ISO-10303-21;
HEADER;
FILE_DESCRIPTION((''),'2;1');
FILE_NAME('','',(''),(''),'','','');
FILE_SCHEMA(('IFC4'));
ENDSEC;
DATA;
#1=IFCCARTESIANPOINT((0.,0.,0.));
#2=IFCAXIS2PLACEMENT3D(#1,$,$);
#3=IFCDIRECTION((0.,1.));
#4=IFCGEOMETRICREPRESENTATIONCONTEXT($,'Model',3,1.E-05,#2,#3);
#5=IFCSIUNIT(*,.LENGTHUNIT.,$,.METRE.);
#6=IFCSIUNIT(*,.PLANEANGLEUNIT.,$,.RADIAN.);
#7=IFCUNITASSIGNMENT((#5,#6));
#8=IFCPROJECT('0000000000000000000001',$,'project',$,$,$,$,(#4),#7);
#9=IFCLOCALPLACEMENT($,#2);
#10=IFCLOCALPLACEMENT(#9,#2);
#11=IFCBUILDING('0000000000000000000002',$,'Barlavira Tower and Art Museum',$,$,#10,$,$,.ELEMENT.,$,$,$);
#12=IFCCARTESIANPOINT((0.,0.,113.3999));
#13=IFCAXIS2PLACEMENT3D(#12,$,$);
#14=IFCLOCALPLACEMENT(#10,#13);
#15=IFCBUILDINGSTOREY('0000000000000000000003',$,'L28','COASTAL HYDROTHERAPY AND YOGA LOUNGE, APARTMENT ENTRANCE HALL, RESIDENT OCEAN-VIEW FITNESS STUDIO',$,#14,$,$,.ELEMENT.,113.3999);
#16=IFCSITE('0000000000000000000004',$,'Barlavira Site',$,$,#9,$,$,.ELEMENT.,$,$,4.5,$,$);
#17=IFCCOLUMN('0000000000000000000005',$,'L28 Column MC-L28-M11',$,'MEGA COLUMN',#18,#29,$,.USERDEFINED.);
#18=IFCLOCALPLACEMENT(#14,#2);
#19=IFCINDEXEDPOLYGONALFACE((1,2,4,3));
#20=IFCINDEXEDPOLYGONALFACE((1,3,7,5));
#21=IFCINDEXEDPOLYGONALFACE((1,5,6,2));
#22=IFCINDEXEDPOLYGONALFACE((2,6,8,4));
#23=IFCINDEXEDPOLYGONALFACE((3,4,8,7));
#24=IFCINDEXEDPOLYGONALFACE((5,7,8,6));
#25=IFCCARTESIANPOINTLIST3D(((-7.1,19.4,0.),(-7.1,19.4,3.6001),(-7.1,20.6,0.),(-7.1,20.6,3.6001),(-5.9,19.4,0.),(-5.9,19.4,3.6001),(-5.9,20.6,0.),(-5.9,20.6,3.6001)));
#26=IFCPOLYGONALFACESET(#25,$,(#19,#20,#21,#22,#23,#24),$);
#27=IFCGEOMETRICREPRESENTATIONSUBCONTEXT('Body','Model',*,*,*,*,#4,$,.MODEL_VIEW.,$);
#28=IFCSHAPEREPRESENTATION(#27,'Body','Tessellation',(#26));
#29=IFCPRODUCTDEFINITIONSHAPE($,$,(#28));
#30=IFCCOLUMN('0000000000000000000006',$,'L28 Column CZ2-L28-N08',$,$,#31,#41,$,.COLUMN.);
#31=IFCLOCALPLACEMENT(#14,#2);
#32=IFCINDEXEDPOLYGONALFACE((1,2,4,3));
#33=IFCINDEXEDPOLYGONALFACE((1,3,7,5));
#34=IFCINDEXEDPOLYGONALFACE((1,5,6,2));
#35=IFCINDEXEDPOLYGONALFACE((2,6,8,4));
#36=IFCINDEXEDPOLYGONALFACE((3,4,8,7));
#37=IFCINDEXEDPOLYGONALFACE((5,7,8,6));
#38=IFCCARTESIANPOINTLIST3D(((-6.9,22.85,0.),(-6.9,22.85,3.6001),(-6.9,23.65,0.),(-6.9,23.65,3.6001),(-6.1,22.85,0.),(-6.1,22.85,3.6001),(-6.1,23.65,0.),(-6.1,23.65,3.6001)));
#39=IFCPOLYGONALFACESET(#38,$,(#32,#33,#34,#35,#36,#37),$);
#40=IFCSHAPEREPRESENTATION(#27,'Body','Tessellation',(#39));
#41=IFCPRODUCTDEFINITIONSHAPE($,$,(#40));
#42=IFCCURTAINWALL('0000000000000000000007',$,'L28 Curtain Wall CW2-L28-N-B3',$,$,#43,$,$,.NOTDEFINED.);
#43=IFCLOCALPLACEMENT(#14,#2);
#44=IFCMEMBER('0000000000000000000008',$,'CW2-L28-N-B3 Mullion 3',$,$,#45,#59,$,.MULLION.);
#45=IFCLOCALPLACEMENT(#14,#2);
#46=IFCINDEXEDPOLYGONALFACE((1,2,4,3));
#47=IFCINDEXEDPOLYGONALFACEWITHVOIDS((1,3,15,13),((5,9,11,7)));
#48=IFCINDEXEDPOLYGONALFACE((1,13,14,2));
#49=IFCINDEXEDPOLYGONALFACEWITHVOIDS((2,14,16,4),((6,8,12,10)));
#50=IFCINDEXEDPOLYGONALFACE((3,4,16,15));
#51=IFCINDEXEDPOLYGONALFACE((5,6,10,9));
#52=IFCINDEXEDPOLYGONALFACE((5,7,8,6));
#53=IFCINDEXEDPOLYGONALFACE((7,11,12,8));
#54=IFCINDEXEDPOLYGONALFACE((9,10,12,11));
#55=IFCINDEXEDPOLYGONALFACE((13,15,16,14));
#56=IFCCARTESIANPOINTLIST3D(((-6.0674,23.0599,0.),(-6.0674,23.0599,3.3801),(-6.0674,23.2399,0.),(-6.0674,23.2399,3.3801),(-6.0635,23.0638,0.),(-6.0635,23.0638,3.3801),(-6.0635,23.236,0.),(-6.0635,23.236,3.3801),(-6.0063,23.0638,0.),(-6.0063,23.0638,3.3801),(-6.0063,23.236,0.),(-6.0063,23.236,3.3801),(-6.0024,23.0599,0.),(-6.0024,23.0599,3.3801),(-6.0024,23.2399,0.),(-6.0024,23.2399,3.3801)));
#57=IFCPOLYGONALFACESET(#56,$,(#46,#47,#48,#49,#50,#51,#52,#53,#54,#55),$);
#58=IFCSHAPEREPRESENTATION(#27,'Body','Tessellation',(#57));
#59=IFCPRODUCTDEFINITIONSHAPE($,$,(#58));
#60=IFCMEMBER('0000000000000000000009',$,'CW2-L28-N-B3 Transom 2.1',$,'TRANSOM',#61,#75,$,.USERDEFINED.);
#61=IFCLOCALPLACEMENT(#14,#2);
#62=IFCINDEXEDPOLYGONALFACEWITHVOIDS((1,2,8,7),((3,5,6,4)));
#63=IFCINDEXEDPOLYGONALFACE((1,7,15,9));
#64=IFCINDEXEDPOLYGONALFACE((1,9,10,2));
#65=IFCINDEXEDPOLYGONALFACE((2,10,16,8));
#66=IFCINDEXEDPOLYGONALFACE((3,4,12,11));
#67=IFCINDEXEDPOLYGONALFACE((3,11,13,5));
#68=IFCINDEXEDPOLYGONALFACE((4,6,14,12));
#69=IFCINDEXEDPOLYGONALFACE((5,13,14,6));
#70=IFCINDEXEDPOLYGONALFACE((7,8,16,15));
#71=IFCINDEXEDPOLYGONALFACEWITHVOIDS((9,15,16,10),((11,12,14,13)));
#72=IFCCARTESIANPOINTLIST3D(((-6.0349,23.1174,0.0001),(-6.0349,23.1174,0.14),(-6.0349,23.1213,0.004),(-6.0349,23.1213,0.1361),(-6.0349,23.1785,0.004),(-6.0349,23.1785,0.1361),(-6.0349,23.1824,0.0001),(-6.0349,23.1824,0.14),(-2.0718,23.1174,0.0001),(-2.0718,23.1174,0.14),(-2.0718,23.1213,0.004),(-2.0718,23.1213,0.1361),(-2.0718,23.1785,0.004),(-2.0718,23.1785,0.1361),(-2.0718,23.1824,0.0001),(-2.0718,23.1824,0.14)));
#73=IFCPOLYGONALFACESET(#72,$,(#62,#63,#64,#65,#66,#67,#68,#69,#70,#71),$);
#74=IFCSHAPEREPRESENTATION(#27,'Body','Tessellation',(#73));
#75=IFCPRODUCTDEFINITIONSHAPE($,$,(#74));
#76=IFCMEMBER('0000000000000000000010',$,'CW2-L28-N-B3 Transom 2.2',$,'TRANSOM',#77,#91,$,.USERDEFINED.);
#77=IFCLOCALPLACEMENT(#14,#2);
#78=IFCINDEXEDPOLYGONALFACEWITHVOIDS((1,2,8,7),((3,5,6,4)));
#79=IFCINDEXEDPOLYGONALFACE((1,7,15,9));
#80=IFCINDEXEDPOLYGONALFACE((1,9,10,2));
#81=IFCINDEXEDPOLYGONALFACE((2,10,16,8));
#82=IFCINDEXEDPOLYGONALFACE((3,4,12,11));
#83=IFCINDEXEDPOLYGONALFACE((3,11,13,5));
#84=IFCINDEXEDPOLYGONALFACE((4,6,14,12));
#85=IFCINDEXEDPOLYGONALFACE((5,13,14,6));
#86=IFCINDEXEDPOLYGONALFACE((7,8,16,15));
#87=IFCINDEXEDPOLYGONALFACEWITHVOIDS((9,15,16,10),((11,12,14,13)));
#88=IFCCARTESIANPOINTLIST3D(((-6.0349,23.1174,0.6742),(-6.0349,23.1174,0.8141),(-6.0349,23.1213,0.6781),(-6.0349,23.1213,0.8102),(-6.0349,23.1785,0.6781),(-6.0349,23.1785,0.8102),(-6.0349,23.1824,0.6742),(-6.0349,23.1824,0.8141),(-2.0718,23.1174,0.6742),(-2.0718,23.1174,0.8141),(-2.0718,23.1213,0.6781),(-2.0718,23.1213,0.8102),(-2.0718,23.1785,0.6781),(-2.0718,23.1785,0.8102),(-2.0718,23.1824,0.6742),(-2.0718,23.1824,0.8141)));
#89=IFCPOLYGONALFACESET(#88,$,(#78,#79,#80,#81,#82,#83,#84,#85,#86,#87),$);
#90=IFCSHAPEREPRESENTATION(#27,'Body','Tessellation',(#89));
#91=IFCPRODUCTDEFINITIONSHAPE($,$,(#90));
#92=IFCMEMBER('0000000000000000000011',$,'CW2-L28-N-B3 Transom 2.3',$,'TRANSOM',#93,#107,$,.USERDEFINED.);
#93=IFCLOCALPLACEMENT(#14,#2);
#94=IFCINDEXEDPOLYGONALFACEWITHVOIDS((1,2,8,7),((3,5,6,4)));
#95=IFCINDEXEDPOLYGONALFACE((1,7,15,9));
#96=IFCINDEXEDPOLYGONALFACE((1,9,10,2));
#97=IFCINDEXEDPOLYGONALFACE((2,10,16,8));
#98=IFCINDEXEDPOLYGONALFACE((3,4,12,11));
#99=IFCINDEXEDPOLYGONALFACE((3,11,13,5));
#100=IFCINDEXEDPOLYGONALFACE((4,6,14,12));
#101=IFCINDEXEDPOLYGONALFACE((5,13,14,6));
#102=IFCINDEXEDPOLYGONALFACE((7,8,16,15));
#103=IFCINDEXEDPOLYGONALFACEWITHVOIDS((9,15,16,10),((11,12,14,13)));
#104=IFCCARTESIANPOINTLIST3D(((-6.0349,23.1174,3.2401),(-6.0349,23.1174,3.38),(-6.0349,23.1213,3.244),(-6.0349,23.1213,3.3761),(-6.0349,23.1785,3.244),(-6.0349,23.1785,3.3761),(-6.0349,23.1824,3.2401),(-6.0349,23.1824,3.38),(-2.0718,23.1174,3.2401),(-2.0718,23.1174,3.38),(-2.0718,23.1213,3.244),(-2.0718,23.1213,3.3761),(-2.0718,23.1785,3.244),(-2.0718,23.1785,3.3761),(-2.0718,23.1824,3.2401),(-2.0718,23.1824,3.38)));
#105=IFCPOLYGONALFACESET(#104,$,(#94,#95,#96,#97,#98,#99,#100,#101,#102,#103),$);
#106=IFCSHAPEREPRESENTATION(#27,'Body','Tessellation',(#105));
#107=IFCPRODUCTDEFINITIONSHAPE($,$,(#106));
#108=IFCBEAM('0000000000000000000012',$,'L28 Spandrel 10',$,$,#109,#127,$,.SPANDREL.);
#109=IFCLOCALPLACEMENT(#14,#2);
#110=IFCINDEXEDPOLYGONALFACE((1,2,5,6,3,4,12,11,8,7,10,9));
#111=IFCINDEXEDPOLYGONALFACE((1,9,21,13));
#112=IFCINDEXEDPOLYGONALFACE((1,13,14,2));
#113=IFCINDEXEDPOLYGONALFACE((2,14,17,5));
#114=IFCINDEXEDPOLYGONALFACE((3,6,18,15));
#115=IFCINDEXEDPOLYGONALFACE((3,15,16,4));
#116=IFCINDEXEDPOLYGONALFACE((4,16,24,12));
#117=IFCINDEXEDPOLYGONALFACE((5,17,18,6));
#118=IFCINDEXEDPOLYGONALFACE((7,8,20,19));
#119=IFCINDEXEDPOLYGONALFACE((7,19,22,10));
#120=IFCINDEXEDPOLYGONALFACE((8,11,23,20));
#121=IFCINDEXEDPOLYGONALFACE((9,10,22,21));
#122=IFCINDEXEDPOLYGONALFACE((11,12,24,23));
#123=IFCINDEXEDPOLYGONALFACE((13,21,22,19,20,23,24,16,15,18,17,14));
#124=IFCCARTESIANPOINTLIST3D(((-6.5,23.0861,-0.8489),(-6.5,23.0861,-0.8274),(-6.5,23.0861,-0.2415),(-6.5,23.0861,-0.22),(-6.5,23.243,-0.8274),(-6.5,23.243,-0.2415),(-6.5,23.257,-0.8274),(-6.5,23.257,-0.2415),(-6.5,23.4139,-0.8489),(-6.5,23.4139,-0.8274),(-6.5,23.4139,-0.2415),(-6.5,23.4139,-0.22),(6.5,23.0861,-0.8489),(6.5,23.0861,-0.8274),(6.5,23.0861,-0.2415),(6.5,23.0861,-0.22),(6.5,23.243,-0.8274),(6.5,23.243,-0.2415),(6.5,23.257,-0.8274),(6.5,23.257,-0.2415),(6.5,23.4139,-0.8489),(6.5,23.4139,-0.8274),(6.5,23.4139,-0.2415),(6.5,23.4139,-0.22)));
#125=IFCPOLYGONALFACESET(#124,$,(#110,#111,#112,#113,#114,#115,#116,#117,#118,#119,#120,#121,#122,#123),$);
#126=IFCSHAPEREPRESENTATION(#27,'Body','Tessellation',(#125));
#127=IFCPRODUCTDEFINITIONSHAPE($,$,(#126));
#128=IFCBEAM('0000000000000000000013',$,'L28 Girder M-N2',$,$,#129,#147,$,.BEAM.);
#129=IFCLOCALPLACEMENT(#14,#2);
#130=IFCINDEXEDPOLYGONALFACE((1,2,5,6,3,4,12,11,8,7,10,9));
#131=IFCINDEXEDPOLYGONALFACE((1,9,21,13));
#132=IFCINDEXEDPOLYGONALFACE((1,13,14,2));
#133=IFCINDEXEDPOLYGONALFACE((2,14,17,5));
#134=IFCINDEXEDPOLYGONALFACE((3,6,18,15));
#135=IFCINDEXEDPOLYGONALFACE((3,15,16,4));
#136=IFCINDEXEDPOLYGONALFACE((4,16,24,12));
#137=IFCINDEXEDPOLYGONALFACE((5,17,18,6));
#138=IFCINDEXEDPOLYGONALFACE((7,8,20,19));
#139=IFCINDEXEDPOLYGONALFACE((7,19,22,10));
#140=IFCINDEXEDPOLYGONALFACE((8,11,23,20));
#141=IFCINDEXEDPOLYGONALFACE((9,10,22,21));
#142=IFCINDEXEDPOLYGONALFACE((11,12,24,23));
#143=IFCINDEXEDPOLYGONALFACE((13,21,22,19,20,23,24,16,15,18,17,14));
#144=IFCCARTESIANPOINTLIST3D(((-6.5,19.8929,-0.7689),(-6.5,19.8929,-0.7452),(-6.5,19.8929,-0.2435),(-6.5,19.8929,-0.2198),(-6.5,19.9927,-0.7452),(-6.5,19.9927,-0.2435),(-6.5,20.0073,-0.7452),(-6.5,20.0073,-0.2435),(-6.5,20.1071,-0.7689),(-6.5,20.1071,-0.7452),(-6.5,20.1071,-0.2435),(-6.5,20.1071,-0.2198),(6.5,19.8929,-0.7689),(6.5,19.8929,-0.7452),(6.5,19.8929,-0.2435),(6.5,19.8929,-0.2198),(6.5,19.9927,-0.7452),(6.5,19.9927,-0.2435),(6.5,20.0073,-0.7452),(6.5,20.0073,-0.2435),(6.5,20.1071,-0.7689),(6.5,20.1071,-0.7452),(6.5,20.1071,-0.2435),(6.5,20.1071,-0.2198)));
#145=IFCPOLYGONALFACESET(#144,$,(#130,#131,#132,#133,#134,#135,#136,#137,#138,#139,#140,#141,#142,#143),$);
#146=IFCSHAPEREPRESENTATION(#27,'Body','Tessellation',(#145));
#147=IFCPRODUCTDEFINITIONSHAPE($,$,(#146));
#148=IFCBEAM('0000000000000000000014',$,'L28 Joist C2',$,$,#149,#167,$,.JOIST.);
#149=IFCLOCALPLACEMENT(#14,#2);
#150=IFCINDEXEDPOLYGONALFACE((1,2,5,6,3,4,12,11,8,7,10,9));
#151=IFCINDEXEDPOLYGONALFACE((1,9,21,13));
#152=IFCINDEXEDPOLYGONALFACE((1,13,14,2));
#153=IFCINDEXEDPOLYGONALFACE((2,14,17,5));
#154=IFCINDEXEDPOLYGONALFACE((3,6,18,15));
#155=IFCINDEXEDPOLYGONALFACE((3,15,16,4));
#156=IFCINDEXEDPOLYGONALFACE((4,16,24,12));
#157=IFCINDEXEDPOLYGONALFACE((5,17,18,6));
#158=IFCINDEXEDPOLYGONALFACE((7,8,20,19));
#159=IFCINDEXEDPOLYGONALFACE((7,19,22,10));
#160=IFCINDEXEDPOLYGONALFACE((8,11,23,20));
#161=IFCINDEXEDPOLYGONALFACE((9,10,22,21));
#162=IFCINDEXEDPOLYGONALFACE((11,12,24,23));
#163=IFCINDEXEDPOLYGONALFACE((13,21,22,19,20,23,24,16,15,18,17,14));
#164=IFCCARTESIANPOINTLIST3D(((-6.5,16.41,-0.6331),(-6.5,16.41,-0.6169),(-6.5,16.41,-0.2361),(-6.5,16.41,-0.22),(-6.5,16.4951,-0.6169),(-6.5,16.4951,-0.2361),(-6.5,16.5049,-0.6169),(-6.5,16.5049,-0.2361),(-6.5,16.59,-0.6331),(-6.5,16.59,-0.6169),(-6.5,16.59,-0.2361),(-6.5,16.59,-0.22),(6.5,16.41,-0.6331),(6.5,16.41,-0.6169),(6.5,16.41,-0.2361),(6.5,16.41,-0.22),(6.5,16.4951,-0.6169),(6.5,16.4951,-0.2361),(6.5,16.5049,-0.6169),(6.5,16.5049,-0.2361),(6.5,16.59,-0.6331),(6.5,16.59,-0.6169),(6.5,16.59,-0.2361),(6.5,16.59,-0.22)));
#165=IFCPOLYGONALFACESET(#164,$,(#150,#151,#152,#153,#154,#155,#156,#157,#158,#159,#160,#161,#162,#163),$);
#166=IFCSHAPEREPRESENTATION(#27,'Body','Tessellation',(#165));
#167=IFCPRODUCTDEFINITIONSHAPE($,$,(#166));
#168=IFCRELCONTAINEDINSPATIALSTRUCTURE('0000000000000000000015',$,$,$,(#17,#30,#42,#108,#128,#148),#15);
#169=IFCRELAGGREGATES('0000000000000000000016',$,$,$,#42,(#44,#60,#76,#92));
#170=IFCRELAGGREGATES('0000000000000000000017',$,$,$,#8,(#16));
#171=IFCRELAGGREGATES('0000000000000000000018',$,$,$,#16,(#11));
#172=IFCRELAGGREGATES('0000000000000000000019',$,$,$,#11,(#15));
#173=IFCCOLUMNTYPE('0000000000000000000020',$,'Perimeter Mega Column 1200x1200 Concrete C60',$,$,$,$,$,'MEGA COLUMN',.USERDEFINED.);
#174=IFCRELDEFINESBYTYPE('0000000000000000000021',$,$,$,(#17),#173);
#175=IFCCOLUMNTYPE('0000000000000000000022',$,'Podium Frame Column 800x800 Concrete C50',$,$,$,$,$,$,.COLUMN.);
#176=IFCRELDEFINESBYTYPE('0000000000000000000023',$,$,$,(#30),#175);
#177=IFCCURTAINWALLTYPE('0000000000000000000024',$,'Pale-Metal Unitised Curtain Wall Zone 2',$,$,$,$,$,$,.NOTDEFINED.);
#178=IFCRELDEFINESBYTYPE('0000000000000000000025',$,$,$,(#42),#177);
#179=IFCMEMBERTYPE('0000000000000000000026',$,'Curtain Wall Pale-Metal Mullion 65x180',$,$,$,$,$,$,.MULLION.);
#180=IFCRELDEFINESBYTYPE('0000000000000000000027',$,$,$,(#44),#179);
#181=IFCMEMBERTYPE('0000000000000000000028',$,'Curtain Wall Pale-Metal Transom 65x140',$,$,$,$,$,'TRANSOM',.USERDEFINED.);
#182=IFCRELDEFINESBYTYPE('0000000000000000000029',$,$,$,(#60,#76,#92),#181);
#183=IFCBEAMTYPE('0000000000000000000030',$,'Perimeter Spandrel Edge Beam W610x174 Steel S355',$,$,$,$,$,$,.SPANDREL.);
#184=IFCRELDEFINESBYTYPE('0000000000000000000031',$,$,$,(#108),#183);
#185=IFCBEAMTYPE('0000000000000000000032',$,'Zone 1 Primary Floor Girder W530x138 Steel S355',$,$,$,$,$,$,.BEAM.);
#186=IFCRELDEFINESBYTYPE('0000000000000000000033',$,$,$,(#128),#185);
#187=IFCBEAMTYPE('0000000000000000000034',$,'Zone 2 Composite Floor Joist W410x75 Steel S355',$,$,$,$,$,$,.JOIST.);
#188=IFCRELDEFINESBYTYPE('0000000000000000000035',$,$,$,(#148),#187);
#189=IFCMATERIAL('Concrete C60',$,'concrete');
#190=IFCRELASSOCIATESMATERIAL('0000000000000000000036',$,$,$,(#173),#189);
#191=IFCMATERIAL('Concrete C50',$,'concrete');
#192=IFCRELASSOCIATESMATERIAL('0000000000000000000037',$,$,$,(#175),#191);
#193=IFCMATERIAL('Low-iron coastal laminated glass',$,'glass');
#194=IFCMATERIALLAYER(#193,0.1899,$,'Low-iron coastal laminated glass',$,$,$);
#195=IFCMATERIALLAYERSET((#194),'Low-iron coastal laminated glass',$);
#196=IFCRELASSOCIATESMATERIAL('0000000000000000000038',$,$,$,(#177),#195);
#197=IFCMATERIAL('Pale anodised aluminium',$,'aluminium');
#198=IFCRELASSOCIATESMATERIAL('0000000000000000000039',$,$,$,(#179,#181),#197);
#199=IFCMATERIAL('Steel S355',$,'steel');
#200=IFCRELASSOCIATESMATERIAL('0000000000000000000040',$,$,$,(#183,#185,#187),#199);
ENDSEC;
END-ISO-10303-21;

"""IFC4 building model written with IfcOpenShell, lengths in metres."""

from ifc_helpers import new_model, si_unit, direction, frame, origin, origin_2d, place, context, subcontext, project, spatial, rectangle, hollow_rectangle, i_section, extrude, material, layer, layer_set, material_profile, profile_set, type_object, element, aggregate, save


model = new_model("IFC4")

# Units and contexts
model_context = context("Model", 3, precision=1e-05, world=origin(), true_north=direction((0.0, 1.0)))
body_context = subcontext(model_context, "Body", "Model", "MODEL_VIEW")
ifc_project = project(units=[si_unit("LENGTHUNIT", "METRE"), si_unit("PLANEANGLEUNIT", "RADIAN")], contexts=[model_context])

# Site, building, storey
site_placement = place(None, origin())
site = spatial("IfcSite", under=ifc_project, at=site_placement, Name="Barlavira Site", CompositionType="ELEMENT", RefElevation=4.5)
building_placement = place(site_placement, origin())
building = spatial("IfcBuilding", under=site, at=building_placement, Name="Barlavira Tower and Art Museum", CompositionType="ELEMENT")
storey_placement = place(building_placement, frame((0.0, 0.0, 113.3999)))
storey = spatial("IfcBuildingStorey", under=building, at=storey_placement, Name="L28", Description="COASTAL HYDROTHERAPY AND YOGA LOUNGE, APARTMENT ENTRANCE HALL, RESIDENT OCEAN-VIEW FITNESS STUDIO", CompositionType="ELEMENT", Elevation=113.3999)

# Columns
ifc_material_1 = material(Name="Concrete C60", Category="concrete")
ifc_material_profile_1 = material_profile(ifc_material_1, rectangle(XDim=1.2, YDim=1.2, at=origin_2d()), Name="RC-COL 1200x1200")
ifc_profile_set_1 = profile_set([ifc_material_profile_1], Name="Concrete C60")
column_type_1 = type_object("IfcColumnType", Name="Perimeter Mega Column 1200x1200 Concrete C60", ElementType="MEGA COLUMN", PredefinedType="USERDEFINED", material=ifc_profile_set_1)
column_1_placement = place(storey_placement, frame((-6.5, 20.0, 0.0), z_axis=(0.0, 0.0, 1.0), x_axis=(1.0, 0.0, 0.0)))
element("IfcColumn", 1, at=column_1_placement, inside=storey, type_object=column_type_1, Name="L28 Column MC-L28-M11", ObjectType="MEGA COLUMN", PredefinedType="USERDEFINED", context=body_context, shape_type="SweptSolid", body=[
    extrude(rectangle(XDim=1.2, YDim=1.2, at=origin_2d()), origin(), (0.0, 0.0, 1.0), 3.6001),
])
ifc_material_2 = material(Name="Concrete C50", Category="concrete")
ifc_material_profile_2 = material_profile(ifc_material_2, rectangle(XDim=0.8, YDim=0.8, at=origin_2d()), Name="RC-COL 800x800")
ifc_profile_set_2 = profile_set([ifc_material_profile_2], Name="Concrete C50")
column_type_2 = type_object("IfcColumnType", Name="Podium Frame Column 800x800 Concrete C50", PredefinedType="COLUMN", material=ifc_profile_set_2)
column_2_placement = place(storey_placement, frame((-6.5, 23.25, 0.0), z_axis=(0.0, 0.0, 1.0), x_axis=(1.0, 0.0, 0.0)))
element("IfcColumn", 2, at=column_2_placement, inside=storey, type_object=column_type_2, Name="L28 Column CZ2-L28-N08", PredefinedType="COLUMN", context=body_context, shape_type="SweptSolid", body=[
    extrude(rectangle(XDim=0.8, YDim=0.8, at=origin_2d()), origin(), (0.0, 0.0, 1.0), 3.6001),
])

# Curtain wall, members
ifc_material_3 = material(Name="Low-iron coastal laminated glass", Category="glass")
ifc_layer_1 = layer(ifc_material_3, 0.1899, Name="Low-iron coastal laminated glass")
ifc_layer_set_1 = layer_set([ifc_layer_1], Name="Low-iron coastal laminated glass")
curtain_wall_type = type_object("IfcCurtainWallType", Name="Pale-Metal Unitised Curtain Wall Zone 2", PredefinedType="NOTDEFINED", material=ifc_layer_set_1)
curtain_wall_placement = place(storey_placement, origin())
curtain_wall = element("IfcCurtainWall", 3, at=curtain_wall_placement, inside=storey, type_object=curtain_wall_type, Name="L28 Curtain Wall CW2-L28-N-B3", PredefinedType="NOTDEFINED")
ifc_material_4 = material(Name="Pale anodised aluminium", Category="aluminium")
ifc_material_profile_3 = material_profile(ifc_material_4, hollow_rectangle(XDim=0.0649, YDim=0.1799, WallThickness=0.0039, at=origin_2d()), Name="ALU-MULL 65x180x4")
ifc_profile_set_3 = profile_set([ifc_material_profile_3], Name="Pale anodised aluminium")
member_type_1 = type_object("IfcMemberType", Name="Curtain Wall Pale-Metal Mullion 65x180", PredefinedType="MULLION", material=ifc_profile_set_3)
member_1_placement = place(storey_placement, frame((-6.0349, 23.1499, 0.0), z_axis=(0.0, 0.0, 1.0), x_axis=(-1.0, 0.0, 0.0)))
member_1 = element("IfcMember", 4, at=member_1_placement, type_object=member_type_1, Name="CW2-L28-N-B3 Mullion 3", PredefinedType="MULLION", context=body_context, shape_type="SweptSolid", body=[
    extrude(hollow_rectangle(XDim=0.0649, YDim=0.1799, WallThickness=0.0039, at=origin_2d()), origin(), (0.0, 0.0, 1.0), 3.3801),
])
ifc_material_profile_4 = material_profile(ifc_material_4, hollow_rectangle(XDim=0.0649, YDim=0.1399, WallThickness=0.0039, at=origin_2d()), Name="ALU-TRAN 65x140x4")
ifc_profile_set_4 = profile_set([ifc_material_profile_4], Name="Pale anodised aluminium")
member_type_2 = type_object("IfcMemberType", Name="Curtain Wall Pale-Metal Transom 65x140", ElementType="TRANSOM", PredefinedType="USERDEFINED", material=ifc_profile_set_4)
member_2_placement = place(storey_placement, frame((-2.0718, 23.1499, 0.0701), z_axis=(-1.0, 0.0, 0.0), x_axis=(0.0, -1.0, 0.0)))
member_2 = element("IfcMember", 5, at=member_2_placement, type_object=member_type_2, Name="CW2-L28-N-B3 Transom 2.1", ObjectType="TRANSOM", PredefinedType="USERDEFINED", context=body_context, shape_type="SweptSolid", body=[
    extrude(hollow_rectangle(XDim=0.0649, YDim=0.1399, WallThickness=0.0039, at=origin_2d()), origin(), (0.0, 0.0, 1.0), 3.9631),
])
member_3_placement = place(storey_placement, frame((-2.0718, 23.1499, 0.7441), z_axis=(-1.0, 0.0, 0.0), x_axis=(0.0, -1.0, 0.0)))
member_3 = element("IfcMember", 6, at=member_3_placement, type_object=member_type_2, Name="CW2-L28-N-B3 Transom 2.2", ObjectType="TRANSOM", PredefinedType="USERDEFINED", context=body_context, shape_type="SweptSolid", body=[
    extrude(hollow_rectangle(XDim=0.0649, YDim=0.1399, WallThickness=0.0039, at=origin_2d()), origin(), (0.0, 0.0, 1.0), 3.9631),
])
member_4_placement = place(storey_placement, frame((-2.0718, 23.1499, 3.3101), z_axis=(-1.0, 0.0, 0.0), x_axis=(0.0, -1.0, 0.0)))
member_4 = element("IfcMember", 7, at=member_4_placement, type_object=member_type_2, Name="CW2-L28-N-B3 Transom 2.3", ObjectType="TRANSOM", PredefinedType="USERDEFINED", context=body_context, shape_type="SweptSolid", body=[
    extrude(hollow_rectangle(XDim=0.0649, YDim=0.1399, WallThickness=0.0039, at=origin_2d()), origin(), (0.0, 0.0, 1.0), 3.9631),
])

# Beams
ifc_material_5 = material(Name="Steel S355", Category="steel")
ifc_material_profile_5 = material_profile(ifc_material_5, i_section(OverallWidth=0.3279, OverallDepth=0.6289, WebThickness=0.0139, FlangeThickness=0.0215, at=origin_2d()), Name="W610x174.0")
ifc_profile_set_5 = profile_set([ifc_material_profile_5], Name="Steel S355")
beam_type_1 = type_object("IfcBeamType", Name="Perimeter Spandrel Edge Beam W610x174 Steel S355", PredefinedType="SPANDREL", material=ifc_profile_set_5)
beam_1_placement = place(storey_placement, frame((-6.5, 23.25, -0.5344), z_axis=(1.0, 0.0, 0.0), x_axis=(0.0, 1.0, 0.0)))
element("IfcBeam", 8, at=beam_1_placement, inside=storey, type_object=beam_type_1, Name="L28 Spandrel 10", PredefinedType="SPANDREL", context=body_context, shape_type="SweptSolid", body=[
    extrude(i_section(OverallWidth=0.3279, OverallDepth=0.6289, WebThickness=0.0139, FlangeThickness=0.0215, at=origin_2d()), origin(), (0.0, 0.0, 1.0), 13.0),
])
ifc_material_profile_6 = material_profile(ifc_material_5, i_section(OverallWidth=0.2141, OverallDepth=0.5491, WebThickness=0.0146, FlangeThickness=0.0237, at=origin_2d()), Name="W530x138.0")
ifc_profile_set_6 = profile_set([ifc_material_profile_6], Name="Steel S355")
beam_type_2 = type_object("IfcBeamType", Name="Zone 1 Primary Floor Girder W530x138 Steel S355", PredefinedType="BEAM", material=ifc_profile_set_6)
beam_2_placement = place(storey_placement, frame((-6.5, 20.0, -0.4944), z_axis=(1.0, 0.0, 0.0), x_axis=(0.0, 1.0, 0.0)))
element("IfcBeam", 9, at=beam_2_placement, inside=storey, type_object=beam_type_2, Name="L28 Girder M-N2", PredefinedType="BEAM", context=body_context, shape_type="SweptSolid", body=[
    extrude(i_section(OverallWidth=0.2141, OverallDepth=0.5491, WebThickness=0.0146, FlangeThickness=0.0237, at=origin_2d()), origin(), (0.0, 0.0, 1.0), 13.0),
])
ifc_material_profile_7 = material_profile(ifc_material_5, i_section(OverallWidth=0.1799, OverallDepth=0.4131, WebThickness=0.0098, FlangeThickness=0.0161, at=origin_2d()), Name="W410x75.0")
ifc_profile_set_7 = profile_set([ifc_material_profile_7], Name="Steel S355")
beam_type_3 = type_object("IfcBeamType", Name="Zone 2 Composite Floor Joist W410x75 Steel S355", PredefinedType="JOIST", material=ifc_profile_set_7)
beam_3_placement = place(storey_placement, frame((-6.5, 16.5, -0.4265), z_axis=(1.0, 0.0, 0.0), x_axis=(0.0, 1.0, 0.0)))
element("IfcBeam", 10, at=beam_3_placement, inside=storey, type_object=beam_type_3, Name="L28 Joist C2", PredefinedType="JOIST", context=body_context, shape_type="SweptSolid", body=[
    extrude(i_section(OverallWidth=0.1799, OverallDepth=0.4131, WebThickness=0.0098, FlangeThickness=0.0161, at=origin_2d()), origin(), (0.0, 0.0, 1.0), 13.0),
])

aggregate(curtain_wall, [member_1, member_2, member_3, member_4])

save(model, "model.ifc")
